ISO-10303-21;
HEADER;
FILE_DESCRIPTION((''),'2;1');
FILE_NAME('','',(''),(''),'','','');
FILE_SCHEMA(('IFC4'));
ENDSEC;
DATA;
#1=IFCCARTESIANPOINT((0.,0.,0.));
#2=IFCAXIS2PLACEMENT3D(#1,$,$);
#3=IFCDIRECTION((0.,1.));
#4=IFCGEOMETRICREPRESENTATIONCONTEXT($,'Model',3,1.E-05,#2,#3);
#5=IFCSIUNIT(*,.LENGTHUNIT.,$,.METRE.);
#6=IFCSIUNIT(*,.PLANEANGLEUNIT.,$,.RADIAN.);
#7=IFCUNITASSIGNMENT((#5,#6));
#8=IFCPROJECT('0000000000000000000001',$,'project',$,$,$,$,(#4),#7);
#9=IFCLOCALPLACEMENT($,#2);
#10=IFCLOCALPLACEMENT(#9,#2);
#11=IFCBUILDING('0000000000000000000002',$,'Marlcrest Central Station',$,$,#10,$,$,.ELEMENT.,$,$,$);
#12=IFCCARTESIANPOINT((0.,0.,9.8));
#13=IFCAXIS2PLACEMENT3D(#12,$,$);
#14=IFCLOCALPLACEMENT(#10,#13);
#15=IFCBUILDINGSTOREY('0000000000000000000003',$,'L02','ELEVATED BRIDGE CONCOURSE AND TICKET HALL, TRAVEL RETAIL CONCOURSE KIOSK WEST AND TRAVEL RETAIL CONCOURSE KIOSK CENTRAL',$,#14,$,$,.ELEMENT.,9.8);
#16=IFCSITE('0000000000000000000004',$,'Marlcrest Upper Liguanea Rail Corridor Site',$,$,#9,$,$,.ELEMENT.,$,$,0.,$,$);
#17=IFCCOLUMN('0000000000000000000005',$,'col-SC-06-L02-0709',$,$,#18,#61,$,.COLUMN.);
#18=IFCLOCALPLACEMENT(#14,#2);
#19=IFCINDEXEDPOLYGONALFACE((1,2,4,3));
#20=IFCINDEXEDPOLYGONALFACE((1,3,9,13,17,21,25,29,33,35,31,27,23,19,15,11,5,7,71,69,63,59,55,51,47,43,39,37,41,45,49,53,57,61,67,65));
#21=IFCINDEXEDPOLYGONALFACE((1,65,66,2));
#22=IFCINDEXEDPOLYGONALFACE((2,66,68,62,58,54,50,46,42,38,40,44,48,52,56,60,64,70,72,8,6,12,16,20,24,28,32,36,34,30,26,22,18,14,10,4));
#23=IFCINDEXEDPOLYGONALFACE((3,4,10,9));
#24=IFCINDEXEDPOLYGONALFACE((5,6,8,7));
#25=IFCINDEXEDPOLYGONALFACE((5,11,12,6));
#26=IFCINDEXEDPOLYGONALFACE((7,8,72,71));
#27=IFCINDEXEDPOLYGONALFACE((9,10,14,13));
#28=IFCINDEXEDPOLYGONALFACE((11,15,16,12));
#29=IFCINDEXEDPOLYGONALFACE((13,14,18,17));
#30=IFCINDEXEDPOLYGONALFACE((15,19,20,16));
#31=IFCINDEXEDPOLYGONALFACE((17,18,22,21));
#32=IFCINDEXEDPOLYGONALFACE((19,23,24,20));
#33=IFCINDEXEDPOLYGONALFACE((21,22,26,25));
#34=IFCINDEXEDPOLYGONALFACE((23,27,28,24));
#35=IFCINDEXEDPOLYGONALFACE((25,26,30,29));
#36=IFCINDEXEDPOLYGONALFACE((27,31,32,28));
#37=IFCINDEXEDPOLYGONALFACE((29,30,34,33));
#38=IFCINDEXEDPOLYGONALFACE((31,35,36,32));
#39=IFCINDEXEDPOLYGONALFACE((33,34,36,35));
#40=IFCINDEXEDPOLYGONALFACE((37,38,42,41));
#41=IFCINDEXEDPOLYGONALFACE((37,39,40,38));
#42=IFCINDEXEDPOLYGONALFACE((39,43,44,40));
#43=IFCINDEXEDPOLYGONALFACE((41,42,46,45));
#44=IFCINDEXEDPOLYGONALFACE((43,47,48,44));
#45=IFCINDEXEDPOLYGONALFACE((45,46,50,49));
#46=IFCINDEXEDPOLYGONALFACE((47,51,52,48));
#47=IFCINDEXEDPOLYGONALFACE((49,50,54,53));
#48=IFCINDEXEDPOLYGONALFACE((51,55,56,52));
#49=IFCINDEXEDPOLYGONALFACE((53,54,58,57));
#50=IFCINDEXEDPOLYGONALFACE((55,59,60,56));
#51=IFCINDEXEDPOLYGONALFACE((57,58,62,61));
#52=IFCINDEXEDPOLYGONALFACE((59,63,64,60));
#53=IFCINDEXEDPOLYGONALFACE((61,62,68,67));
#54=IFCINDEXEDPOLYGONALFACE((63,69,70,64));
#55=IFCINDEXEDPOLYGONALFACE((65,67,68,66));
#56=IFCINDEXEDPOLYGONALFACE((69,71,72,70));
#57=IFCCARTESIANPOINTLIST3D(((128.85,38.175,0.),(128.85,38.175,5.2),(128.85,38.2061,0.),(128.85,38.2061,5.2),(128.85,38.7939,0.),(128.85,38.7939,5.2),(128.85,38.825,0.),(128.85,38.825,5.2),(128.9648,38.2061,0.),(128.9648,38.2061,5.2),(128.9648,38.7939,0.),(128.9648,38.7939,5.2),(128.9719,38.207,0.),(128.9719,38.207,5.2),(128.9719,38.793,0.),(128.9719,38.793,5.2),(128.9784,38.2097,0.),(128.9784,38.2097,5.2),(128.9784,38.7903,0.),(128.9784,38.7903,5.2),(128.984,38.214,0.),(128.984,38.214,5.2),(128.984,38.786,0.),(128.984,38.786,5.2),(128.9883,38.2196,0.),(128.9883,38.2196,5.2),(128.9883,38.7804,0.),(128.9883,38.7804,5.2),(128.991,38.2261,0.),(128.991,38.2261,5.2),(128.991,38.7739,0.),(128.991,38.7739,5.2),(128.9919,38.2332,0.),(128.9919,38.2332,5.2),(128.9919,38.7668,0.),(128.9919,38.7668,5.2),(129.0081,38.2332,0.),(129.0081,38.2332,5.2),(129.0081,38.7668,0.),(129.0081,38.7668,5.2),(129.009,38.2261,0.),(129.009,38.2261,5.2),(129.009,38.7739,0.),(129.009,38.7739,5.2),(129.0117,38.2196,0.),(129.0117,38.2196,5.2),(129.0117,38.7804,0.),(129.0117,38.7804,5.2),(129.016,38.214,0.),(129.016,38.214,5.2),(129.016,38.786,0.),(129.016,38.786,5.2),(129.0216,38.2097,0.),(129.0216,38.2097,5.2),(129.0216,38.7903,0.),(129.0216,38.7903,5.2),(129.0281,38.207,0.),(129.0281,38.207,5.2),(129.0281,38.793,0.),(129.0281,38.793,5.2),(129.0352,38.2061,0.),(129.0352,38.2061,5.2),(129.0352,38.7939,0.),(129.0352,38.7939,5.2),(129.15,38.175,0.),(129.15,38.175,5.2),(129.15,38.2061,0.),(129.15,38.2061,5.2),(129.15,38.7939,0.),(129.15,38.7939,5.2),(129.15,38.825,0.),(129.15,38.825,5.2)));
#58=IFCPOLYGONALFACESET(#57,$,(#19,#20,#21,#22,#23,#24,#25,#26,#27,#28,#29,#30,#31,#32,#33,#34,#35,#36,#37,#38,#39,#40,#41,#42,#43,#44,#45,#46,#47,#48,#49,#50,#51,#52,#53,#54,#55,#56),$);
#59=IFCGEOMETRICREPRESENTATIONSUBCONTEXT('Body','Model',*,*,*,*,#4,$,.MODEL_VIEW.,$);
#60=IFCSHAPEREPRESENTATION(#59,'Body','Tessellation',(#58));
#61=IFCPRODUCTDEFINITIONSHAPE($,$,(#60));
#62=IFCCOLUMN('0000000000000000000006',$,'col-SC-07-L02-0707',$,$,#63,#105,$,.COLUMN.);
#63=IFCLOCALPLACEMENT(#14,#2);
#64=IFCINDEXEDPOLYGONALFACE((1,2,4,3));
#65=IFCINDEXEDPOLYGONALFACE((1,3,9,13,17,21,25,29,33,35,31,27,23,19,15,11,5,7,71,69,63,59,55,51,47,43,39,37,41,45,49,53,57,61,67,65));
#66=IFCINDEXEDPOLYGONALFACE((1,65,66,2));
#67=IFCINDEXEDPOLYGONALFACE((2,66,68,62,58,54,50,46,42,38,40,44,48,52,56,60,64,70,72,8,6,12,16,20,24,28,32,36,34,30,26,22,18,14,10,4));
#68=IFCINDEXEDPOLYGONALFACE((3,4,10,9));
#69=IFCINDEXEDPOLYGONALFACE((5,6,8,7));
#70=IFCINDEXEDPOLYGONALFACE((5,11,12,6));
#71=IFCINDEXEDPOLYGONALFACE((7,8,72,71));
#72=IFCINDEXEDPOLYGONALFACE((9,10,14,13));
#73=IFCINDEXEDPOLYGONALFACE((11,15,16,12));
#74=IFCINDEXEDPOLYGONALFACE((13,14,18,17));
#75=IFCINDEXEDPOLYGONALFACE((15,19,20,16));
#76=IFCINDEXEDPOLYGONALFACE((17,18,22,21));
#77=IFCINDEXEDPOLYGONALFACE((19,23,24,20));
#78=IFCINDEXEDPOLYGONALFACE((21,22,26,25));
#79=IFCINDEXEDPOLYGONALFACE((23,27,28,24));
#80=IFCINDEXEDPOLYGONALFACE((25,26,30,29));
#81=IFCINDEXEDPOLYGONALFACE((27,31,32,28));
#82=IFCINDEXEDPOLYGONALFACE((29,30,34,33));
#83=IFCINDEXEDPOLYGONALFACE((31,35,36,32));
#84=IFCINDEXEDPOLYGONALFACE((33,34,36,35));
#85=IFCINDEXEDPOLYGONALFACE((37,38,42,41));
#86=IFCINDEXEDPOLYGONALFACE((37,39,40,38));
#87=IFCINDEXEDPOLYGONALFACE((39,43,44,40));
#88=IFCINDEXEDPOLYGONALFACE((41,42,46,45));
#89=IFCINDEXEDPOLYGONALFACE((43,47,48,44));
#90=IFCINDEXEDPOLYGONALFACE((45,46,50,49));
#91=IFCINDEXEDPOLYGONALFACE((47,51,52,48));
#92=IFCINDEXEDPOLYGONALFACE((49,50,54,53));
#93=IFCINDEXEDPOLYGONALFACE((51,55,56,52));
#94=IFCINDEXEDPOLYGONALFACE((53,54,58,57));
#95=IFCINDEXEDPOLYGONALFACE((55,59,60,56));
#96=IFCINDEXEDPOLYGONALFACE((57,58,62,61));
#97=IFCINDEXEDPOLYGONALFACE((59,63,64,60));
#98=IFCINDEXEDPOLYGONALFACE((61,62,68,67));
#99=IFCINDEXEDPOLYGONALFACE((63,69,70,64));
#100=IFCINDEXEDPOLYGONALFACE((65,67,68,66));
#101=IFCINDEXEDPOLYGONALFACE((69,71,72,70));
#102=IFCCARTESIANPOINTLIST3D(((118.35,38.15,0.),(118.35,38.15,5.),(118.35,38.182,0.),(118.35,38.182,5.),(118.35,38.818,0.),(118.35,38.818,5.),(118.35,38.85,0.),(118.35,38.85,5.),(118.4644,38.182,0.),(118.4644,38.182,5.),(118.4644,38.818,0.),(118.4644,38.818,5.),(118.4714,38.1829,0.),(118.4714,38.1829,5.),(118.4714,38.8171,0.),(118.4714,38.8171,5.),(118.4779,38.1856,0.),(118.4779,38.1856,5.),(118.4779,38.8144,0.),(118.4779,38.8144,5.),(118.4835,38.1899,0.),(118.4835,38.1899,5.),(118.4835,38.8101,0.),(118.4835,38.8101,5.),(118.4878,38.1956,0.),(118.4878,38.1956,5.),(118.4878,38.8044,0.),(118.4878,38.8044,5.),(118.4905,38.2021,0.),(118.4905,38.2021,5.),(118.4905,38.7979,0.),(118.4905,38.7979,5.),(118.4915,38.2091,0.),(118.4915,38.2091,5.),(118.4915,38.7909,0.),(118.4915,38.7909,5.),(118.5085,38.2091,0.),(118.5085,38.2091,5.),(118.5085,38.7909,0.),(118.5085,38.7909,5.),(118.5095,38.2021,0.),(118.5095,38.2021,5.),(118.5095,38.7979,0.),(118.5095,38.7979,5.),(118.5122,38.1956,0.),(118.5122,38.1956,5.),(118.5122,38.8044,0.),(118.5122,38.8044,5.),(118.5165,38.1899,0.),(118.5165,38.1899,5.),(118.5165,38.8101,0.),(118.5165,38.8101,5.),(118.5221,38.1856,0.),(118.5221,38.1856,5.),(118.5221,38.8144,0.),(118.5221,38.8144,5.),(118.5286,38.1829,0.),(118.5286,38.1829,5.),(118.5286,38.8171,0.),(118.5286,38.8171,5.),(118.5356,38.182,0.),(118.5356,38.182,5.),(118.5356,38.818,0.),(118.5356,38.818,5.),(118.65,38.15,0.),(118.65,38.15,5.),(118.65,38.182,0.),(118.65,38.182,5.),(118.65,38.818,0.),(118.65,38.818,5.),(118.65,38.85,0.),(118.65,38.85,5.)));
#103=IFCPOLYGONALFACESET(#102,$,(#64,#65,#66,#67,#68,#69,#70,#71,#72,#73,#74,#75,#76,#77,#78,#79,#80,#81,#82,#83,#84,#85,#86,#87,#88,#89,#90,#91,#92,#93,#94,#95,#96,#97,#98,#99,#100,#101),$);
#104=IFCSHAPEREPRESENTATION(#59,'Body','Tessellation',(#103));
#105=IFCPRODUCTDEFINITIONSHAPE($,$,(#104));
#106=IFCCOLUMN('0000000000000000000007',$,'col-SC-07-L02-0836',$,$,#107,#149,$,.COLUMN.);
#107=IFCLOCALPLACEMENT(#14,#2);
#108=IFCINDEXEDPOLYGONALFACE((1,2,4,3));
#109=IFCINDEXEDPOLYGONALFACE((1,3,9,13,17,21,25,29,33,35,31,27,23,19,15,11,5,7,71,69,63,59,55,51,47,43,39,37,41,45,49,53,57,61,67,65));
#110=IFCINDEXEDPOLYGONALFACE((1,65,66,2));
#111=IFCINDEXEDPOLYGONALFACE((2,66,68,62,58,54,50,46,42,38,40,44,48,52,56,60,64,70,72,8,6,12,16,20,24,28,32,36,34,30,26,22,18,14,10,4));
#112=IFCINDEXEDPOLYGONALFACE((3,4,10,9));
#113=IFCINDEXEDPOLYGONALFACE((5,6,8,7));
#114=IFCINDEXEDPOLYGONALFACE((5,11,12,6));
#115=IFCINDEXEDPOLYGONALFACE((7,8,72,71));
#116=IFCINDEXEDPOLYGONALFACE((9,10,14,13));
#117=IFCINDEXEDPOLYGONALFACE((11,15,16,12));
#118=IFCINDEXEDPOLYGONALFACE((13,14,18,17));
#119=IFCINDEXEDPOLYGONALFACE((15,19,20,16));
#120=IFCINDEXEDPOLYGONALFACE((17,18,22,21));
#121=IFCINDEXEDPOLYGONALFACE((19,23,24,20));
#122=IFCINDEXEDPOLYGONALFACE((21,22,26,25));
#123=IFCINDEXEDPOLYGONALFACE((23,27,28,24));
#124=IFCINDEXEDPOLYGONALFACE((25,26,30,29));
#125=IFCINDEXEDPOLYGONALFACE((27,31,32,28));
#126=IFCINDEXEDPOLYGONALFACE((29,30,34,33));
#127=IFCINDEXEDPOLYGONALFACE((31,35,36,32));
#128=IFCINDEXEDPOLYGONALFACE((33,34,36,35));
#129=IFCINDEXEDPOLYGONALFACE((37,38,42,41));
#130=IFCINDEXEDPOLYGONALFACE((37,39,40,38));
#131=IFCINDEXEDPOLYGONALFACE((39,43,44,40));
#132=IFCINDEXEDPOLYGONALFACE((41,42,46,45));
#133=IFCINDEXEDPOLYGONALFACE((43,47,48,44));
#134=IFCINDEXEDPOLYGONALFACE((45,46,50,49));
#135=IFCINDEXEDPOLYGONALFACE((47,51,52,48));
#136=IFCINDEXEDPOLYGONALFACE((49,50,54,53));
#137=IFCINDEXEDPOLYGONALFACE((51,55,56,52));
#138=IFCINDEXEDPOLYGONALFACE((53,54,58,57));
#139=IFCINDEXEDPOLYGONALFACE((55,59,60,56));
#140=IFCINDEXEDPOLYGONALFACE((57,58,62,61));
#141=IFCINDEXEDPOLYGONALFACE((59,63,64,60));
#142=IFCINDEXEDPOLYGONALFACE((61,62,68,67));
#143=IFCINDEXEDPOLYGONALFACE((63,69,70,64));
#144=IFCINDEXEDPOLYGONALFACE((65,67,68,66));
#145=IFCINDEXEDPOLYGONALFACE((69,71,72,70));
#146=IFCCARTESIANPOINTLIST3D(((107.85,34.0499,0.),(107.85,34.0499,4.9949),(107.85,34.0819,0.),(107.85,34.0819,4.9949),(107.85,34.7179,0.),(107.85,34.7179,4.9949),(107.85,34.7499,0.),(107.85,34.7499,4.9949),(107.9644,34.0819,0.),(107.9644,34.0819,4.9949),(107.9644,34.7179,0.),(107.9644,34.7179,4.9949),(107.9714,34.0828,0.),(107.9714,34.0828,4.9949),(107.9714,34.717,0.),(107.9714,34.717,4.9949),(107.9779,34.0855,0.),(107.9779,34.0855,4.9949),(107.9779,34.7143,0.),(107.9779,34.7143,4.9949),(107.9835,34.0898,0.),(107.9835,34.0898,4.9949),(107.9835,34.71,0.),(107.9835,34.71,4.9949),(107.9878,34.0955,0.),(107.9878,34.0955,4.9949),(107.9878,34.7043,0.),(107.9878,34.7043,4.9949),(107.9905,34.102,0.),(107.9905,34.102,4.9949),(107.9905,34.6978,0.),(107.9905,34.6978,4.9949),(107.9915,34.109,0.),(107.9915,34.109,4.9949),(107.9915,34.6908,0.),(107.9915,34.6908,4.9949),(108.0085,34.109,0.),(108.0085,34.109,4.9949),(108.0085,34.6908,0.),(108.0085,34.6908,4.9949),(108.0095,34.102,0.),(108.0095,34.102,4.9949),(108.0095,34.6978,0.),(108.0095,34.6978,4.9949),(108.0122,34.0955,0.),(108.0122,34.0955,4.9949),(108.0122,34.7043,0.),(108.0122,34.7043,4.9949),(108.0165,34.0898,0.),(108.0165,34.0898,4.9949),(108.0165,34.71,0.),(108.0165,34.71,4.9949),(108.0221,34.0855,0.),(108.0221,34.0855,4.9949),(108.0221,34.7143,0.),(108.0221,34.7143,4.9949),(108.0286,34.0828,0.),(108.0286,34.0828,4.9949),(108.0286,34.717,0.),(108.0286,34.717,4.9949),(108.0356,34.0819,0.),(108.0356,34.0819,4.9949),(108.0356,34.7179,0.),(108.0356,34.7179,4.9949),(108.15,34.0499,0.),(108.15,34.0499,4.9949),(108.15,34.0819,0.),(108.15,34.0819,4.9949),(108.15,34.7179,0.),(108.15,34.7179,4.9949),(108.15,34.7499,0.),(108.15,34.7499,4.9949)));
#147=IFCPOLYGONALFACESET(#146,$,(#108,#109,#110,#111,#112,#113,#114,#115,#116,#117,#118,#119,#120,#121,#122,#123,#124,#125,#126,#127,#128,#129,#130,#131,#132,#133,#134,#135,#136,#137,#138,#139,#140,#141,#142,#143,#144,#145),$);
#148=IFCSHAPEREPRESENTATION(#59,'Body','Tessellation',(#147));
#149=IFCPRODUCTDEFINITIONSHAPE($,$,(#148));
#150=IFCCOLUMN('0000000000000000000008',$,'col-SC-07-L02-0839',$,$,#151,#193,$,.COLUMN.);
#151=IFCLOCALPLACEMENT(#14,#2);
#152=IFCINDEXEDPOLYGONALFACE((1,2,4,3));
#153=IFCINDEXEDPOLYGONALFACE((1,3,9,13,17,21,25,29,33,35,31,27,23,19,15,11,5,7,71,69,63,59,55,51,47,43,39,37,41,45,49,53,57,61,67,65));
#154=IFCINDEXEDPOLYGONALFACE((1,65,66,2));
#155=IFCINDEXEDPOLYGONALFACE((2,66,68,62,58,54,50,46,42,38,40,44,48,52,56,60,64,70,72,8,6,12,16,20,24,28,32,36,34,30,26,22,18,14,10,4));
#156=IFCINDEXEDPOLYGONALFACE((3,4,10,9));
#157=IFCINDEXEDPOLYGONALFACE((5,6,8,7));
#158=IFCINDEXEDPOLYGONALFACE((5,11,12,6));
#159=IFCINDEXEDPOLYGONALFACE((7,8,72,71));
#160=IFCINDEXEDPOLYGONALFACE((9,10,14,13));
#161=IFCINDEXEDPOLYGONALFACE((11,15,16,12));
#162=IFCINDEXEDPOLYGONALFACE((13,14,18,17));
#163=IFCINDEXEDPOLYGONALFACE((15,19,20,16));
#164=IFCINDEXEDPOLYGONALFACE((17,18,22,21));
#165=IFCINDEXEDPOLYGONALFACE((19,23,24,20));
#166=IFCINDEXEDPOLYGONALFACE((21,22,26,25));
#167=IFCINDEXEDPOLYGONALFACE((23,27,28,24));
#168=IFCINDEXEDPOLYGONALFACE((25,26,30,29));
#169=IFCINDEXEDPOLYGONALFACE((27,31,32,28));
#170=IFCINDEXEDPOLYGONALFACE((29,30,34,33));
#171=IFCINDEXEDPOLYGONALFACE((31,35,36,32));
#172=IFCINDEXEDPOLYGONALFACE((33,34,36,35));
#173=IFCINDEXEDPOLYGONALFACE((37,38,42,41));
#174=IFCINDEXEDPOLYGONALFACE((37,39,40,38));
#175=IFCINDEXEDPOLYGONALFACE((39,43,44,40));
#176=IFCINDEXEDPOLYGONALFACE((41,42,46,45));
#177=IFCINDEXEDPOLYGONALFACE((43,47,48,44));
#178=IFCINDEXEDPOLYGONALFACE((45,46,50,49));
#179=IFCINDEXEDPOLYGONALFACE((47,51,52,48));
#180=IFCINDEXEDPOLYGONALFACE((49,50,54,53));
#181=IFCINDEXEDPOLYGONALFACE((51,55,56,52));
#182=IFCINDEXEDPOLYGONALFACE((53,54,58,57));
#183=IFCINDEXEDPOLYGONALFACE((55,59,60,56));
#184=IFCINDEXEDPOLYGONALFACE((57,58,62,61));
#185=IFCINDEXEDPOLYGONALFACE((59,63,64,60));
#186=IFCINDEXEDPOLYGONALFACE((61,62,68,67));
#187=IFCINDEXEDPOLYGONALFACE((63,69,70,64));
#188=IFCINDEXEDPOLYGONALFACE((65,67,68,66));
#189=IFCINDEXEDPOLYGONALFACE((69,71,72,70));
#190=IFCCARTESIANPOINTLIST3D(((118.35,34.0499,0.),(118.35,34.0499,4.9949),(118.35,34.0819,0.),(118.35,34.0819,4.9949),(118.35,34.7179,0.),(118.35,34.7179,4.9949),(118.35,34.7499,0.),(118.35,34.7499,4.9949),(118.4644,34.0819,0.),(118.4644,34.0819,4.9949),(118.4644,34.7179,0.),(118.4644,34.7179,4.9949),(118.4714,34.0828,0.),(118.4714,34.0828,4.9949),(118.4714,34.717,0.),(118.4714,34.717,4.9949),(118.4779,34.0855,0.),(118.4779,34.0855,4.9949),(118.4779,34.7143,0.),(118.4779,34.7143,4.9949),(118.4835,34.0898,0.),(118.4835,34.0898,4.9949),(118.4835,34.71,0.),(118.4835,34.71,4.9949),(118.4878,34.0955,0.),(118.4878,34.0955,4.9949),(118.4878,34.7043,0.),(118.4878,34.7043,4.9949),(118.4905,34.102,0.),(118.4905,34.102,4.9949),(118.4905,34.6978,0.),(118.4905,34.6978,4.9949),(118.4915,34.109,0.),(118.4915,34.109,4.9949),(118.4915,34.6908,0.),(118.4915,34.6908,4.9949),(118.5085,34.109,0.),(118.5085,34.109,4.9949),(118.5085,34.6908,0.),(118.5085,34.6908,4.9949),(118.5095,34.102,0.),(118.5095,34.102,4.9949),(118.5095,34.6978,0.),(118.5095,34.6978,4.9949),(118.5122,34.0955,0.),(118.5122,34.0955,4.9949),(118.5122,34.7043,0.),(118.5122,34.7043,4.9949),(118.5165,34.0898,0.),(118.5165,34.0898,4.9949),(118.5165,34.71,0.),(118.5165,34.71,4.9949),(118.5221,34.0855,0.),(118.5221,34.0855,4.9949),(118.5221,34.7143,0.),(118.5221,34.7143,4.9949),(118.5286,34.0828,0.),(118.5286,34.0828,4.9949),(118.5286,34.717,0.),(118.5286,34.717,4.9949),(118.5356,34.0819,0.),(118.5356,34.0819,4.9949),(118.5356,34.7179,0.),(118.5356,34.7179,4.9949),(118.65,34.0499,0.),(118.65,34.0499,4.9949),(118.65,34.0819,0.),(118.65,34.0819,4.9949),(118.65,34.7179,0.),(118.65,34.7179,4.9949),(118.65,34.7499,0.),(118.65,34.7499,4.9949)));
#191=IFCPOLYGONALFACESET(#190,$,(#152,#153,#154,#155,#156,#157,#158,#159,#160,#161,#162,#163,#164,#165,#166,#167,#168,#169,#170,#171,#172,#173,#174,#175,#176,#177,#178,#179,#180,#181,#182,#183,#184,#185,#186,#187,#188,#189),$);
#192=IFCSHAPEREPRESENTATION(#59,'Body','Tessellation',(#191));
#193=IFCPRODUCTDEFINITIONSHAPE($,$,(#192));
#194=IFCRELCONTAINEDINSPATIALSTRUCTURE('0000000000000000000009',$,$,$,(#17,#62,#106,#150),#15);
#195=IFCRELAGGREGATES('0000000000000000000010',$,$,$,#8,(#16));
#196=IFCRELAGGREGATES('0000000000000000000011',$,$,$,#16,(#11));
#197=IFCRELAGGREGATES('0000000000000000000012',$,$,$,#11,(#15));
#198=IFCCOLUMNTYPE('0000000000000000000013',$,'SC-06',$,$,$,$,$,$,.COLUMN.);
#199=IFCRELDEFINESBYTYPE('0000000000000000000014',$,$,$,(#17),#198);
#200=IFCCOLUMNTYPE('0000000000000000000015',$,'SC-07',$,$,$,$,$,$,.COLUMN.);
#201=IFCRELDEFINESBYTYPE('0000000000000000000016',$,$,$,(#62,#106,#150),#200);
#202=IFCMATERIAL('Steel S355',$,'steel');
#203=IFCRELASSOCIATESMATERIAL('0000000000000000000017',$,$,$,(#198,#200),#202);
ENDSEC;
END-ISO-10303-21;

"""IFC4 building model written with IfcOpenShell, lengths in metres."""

from ifc_helpers import new_model, si_unit, direction, frame, origin, origin_2d, place, context, subcontext, project, spatial, i_section, extrude, material, material_profile, profile_set, type_object, element, save


model = new_model("IFC4")

# Units and contexts
model_context = context("Model", 3, precision=1e-05, world=origin(), true_north=direction((0.0, 1.0)))
body_context = subcontext(model_context, "Body", "Model", "MODEL_VIEW")
ifc_project = project(units=[si_unit("LENGTHUNIT", "METRE"), si_unit("PLANEANGLEUNIT", "RADIAN")], contexts=[model_context])

# Site, building, storey
site_placement = place(None, origin())
site = spatial("IfcSite", under=ifc_project, at=site_placement, Name="Marlcrest Upper Liguanea Rail Corridor Site", CompositionType="ELEMENT", RefElevation=0.0)
building_placement = place(site_placement, origin())
building = spatial("IfcBuilding", under=site, at=building_placement, Name="Marlcrest Central Station", CompositionType="ELEMENT")
storey_placement = place(building_placement, frame((0.0, 0.0, 9.8)))
storey = spatial("IfcBuildingStorey", under=building, at=storey_placement, Name="L02", Description="ELEVATED BRIDGE CONCOURSE AND TICKET HALL, TRAVEL RETAIL CONCOURSE KIOSK WEST AND TRAVEL RETAIL CONCOURSE KIOSK CENTRAL", CompositionType="ELEMENT", Elevation=9.8)

# Columns
ifc_material_1 = material(Name="Steel S355", Category="steel")
ifc_material_profile_1 = material_profile(ifc_material_1, i_section(OverallWidth=0.3, OverallDepth=0.6499, WebThickness=0.0161, FlangeThickness=0.031, FilletRadius=0.0271, at=origin_2d()), Name="HEB 650")
ifc_profile_set_1 = profile_set([ifc_material_profile_1], Name="Steel S355")
column_type_1 = type_object("IfcColumnType", Name="SC-06", PredefinedType="COLUMN", material=ifc_profile_set_1)
column_1_placement = place(storey_placement, frame((129.0, 38.5, 0.0), z_axis=(0.0, 0.0, 1.0), x_axis=(1.0, 0.0, 0.0)))
element("IfcColumn", 1, at=column_1_placement, inside=storey, type_object=column_type_1, Name="col-SC-06-L02-0709", PredefinedType="COLUMN", context=body_context, shape_type="SweptSolid", body=[
    extrude(i_section(OverallWidth=0.3, OverallDepth=0.6499, WebThickness=0.0161, FlangeThickness=0.031, FilletRadius=0.0271, at=origin_2d()), origin(), (0.0, 0.0, 1.0), 5.2),
])
ifc_material_profile_2 = material_profile(ifc_material_1, i_section(OverallWidth=0.3, OverallDepth=0.7, WebThickness=0.0171, FlangeThickness=0.032, FilletRadius=0.0271, at=origin_2d()), Name="HEB 700")
ifc_profile_set_2 = profile_set([ifc_material_profile_2], Name="Steel S355")
column_type_2 = type_object("IfcColumnType", Name="SC-07", PredefinedType="COLUMN", material=ifc_profile_set_2)
column_2_placement = place(storey_placement, frame((118.5, 38.5, 0.0), z_axis=(0.0, 0.0, 1.0), x_axis=(1.0, 0.0, 0.0)))
element("IfcColumn", 2, at=column_2_placement, inside=storey, type_object=column_type_2, Name="col-SC-07-L02-0707", PredefinedType="COLUMN", context=body_context, shape_type="SweptSolid", body=[
    extrude(i_section(OverallWidth=0.3, OverallDepth=0.7, WebThickness=0.0171, FlangeThickness=0.032, FilletRadius=0.0271, at=origin_2d()), origin(), (0.0, 0.0, 1.0), 5.0),
])
for number, where, z_axis, x_axis, name in (
    (3, (108.0, 34.3999, 0.0), (0.0, 0.0, 1.0), (1.0, 0.0, 0.0), "col-SC-07-L02-0836"),
    (4, (118.5, 34.3999, 0.0), (0.0, 0.0, 1.0), (1.0, 0.0, 0.0), "col-SC-07-L02-0839"),
):
    element("IfcColumn", number, at=place(storey_placement, frame(where, z_axis=z_axis, x_axis=x_axis)), inside=storey, type_object=column_type_2, Name=name, PredefinedType="COLUMN", context=body_context, shape_type="SweptSolid", body=[
        extrude(i_section(OverallWidth=0.3, OverallDepth=0.7, WebThickness=0.0171, FlangeThickness=0.032, FilletRadius=0.0271, at=origin_2d()), origin(), (0.0, 0.0, 1.0), 4.9949),
    ])

save(model, "model.ifc")
